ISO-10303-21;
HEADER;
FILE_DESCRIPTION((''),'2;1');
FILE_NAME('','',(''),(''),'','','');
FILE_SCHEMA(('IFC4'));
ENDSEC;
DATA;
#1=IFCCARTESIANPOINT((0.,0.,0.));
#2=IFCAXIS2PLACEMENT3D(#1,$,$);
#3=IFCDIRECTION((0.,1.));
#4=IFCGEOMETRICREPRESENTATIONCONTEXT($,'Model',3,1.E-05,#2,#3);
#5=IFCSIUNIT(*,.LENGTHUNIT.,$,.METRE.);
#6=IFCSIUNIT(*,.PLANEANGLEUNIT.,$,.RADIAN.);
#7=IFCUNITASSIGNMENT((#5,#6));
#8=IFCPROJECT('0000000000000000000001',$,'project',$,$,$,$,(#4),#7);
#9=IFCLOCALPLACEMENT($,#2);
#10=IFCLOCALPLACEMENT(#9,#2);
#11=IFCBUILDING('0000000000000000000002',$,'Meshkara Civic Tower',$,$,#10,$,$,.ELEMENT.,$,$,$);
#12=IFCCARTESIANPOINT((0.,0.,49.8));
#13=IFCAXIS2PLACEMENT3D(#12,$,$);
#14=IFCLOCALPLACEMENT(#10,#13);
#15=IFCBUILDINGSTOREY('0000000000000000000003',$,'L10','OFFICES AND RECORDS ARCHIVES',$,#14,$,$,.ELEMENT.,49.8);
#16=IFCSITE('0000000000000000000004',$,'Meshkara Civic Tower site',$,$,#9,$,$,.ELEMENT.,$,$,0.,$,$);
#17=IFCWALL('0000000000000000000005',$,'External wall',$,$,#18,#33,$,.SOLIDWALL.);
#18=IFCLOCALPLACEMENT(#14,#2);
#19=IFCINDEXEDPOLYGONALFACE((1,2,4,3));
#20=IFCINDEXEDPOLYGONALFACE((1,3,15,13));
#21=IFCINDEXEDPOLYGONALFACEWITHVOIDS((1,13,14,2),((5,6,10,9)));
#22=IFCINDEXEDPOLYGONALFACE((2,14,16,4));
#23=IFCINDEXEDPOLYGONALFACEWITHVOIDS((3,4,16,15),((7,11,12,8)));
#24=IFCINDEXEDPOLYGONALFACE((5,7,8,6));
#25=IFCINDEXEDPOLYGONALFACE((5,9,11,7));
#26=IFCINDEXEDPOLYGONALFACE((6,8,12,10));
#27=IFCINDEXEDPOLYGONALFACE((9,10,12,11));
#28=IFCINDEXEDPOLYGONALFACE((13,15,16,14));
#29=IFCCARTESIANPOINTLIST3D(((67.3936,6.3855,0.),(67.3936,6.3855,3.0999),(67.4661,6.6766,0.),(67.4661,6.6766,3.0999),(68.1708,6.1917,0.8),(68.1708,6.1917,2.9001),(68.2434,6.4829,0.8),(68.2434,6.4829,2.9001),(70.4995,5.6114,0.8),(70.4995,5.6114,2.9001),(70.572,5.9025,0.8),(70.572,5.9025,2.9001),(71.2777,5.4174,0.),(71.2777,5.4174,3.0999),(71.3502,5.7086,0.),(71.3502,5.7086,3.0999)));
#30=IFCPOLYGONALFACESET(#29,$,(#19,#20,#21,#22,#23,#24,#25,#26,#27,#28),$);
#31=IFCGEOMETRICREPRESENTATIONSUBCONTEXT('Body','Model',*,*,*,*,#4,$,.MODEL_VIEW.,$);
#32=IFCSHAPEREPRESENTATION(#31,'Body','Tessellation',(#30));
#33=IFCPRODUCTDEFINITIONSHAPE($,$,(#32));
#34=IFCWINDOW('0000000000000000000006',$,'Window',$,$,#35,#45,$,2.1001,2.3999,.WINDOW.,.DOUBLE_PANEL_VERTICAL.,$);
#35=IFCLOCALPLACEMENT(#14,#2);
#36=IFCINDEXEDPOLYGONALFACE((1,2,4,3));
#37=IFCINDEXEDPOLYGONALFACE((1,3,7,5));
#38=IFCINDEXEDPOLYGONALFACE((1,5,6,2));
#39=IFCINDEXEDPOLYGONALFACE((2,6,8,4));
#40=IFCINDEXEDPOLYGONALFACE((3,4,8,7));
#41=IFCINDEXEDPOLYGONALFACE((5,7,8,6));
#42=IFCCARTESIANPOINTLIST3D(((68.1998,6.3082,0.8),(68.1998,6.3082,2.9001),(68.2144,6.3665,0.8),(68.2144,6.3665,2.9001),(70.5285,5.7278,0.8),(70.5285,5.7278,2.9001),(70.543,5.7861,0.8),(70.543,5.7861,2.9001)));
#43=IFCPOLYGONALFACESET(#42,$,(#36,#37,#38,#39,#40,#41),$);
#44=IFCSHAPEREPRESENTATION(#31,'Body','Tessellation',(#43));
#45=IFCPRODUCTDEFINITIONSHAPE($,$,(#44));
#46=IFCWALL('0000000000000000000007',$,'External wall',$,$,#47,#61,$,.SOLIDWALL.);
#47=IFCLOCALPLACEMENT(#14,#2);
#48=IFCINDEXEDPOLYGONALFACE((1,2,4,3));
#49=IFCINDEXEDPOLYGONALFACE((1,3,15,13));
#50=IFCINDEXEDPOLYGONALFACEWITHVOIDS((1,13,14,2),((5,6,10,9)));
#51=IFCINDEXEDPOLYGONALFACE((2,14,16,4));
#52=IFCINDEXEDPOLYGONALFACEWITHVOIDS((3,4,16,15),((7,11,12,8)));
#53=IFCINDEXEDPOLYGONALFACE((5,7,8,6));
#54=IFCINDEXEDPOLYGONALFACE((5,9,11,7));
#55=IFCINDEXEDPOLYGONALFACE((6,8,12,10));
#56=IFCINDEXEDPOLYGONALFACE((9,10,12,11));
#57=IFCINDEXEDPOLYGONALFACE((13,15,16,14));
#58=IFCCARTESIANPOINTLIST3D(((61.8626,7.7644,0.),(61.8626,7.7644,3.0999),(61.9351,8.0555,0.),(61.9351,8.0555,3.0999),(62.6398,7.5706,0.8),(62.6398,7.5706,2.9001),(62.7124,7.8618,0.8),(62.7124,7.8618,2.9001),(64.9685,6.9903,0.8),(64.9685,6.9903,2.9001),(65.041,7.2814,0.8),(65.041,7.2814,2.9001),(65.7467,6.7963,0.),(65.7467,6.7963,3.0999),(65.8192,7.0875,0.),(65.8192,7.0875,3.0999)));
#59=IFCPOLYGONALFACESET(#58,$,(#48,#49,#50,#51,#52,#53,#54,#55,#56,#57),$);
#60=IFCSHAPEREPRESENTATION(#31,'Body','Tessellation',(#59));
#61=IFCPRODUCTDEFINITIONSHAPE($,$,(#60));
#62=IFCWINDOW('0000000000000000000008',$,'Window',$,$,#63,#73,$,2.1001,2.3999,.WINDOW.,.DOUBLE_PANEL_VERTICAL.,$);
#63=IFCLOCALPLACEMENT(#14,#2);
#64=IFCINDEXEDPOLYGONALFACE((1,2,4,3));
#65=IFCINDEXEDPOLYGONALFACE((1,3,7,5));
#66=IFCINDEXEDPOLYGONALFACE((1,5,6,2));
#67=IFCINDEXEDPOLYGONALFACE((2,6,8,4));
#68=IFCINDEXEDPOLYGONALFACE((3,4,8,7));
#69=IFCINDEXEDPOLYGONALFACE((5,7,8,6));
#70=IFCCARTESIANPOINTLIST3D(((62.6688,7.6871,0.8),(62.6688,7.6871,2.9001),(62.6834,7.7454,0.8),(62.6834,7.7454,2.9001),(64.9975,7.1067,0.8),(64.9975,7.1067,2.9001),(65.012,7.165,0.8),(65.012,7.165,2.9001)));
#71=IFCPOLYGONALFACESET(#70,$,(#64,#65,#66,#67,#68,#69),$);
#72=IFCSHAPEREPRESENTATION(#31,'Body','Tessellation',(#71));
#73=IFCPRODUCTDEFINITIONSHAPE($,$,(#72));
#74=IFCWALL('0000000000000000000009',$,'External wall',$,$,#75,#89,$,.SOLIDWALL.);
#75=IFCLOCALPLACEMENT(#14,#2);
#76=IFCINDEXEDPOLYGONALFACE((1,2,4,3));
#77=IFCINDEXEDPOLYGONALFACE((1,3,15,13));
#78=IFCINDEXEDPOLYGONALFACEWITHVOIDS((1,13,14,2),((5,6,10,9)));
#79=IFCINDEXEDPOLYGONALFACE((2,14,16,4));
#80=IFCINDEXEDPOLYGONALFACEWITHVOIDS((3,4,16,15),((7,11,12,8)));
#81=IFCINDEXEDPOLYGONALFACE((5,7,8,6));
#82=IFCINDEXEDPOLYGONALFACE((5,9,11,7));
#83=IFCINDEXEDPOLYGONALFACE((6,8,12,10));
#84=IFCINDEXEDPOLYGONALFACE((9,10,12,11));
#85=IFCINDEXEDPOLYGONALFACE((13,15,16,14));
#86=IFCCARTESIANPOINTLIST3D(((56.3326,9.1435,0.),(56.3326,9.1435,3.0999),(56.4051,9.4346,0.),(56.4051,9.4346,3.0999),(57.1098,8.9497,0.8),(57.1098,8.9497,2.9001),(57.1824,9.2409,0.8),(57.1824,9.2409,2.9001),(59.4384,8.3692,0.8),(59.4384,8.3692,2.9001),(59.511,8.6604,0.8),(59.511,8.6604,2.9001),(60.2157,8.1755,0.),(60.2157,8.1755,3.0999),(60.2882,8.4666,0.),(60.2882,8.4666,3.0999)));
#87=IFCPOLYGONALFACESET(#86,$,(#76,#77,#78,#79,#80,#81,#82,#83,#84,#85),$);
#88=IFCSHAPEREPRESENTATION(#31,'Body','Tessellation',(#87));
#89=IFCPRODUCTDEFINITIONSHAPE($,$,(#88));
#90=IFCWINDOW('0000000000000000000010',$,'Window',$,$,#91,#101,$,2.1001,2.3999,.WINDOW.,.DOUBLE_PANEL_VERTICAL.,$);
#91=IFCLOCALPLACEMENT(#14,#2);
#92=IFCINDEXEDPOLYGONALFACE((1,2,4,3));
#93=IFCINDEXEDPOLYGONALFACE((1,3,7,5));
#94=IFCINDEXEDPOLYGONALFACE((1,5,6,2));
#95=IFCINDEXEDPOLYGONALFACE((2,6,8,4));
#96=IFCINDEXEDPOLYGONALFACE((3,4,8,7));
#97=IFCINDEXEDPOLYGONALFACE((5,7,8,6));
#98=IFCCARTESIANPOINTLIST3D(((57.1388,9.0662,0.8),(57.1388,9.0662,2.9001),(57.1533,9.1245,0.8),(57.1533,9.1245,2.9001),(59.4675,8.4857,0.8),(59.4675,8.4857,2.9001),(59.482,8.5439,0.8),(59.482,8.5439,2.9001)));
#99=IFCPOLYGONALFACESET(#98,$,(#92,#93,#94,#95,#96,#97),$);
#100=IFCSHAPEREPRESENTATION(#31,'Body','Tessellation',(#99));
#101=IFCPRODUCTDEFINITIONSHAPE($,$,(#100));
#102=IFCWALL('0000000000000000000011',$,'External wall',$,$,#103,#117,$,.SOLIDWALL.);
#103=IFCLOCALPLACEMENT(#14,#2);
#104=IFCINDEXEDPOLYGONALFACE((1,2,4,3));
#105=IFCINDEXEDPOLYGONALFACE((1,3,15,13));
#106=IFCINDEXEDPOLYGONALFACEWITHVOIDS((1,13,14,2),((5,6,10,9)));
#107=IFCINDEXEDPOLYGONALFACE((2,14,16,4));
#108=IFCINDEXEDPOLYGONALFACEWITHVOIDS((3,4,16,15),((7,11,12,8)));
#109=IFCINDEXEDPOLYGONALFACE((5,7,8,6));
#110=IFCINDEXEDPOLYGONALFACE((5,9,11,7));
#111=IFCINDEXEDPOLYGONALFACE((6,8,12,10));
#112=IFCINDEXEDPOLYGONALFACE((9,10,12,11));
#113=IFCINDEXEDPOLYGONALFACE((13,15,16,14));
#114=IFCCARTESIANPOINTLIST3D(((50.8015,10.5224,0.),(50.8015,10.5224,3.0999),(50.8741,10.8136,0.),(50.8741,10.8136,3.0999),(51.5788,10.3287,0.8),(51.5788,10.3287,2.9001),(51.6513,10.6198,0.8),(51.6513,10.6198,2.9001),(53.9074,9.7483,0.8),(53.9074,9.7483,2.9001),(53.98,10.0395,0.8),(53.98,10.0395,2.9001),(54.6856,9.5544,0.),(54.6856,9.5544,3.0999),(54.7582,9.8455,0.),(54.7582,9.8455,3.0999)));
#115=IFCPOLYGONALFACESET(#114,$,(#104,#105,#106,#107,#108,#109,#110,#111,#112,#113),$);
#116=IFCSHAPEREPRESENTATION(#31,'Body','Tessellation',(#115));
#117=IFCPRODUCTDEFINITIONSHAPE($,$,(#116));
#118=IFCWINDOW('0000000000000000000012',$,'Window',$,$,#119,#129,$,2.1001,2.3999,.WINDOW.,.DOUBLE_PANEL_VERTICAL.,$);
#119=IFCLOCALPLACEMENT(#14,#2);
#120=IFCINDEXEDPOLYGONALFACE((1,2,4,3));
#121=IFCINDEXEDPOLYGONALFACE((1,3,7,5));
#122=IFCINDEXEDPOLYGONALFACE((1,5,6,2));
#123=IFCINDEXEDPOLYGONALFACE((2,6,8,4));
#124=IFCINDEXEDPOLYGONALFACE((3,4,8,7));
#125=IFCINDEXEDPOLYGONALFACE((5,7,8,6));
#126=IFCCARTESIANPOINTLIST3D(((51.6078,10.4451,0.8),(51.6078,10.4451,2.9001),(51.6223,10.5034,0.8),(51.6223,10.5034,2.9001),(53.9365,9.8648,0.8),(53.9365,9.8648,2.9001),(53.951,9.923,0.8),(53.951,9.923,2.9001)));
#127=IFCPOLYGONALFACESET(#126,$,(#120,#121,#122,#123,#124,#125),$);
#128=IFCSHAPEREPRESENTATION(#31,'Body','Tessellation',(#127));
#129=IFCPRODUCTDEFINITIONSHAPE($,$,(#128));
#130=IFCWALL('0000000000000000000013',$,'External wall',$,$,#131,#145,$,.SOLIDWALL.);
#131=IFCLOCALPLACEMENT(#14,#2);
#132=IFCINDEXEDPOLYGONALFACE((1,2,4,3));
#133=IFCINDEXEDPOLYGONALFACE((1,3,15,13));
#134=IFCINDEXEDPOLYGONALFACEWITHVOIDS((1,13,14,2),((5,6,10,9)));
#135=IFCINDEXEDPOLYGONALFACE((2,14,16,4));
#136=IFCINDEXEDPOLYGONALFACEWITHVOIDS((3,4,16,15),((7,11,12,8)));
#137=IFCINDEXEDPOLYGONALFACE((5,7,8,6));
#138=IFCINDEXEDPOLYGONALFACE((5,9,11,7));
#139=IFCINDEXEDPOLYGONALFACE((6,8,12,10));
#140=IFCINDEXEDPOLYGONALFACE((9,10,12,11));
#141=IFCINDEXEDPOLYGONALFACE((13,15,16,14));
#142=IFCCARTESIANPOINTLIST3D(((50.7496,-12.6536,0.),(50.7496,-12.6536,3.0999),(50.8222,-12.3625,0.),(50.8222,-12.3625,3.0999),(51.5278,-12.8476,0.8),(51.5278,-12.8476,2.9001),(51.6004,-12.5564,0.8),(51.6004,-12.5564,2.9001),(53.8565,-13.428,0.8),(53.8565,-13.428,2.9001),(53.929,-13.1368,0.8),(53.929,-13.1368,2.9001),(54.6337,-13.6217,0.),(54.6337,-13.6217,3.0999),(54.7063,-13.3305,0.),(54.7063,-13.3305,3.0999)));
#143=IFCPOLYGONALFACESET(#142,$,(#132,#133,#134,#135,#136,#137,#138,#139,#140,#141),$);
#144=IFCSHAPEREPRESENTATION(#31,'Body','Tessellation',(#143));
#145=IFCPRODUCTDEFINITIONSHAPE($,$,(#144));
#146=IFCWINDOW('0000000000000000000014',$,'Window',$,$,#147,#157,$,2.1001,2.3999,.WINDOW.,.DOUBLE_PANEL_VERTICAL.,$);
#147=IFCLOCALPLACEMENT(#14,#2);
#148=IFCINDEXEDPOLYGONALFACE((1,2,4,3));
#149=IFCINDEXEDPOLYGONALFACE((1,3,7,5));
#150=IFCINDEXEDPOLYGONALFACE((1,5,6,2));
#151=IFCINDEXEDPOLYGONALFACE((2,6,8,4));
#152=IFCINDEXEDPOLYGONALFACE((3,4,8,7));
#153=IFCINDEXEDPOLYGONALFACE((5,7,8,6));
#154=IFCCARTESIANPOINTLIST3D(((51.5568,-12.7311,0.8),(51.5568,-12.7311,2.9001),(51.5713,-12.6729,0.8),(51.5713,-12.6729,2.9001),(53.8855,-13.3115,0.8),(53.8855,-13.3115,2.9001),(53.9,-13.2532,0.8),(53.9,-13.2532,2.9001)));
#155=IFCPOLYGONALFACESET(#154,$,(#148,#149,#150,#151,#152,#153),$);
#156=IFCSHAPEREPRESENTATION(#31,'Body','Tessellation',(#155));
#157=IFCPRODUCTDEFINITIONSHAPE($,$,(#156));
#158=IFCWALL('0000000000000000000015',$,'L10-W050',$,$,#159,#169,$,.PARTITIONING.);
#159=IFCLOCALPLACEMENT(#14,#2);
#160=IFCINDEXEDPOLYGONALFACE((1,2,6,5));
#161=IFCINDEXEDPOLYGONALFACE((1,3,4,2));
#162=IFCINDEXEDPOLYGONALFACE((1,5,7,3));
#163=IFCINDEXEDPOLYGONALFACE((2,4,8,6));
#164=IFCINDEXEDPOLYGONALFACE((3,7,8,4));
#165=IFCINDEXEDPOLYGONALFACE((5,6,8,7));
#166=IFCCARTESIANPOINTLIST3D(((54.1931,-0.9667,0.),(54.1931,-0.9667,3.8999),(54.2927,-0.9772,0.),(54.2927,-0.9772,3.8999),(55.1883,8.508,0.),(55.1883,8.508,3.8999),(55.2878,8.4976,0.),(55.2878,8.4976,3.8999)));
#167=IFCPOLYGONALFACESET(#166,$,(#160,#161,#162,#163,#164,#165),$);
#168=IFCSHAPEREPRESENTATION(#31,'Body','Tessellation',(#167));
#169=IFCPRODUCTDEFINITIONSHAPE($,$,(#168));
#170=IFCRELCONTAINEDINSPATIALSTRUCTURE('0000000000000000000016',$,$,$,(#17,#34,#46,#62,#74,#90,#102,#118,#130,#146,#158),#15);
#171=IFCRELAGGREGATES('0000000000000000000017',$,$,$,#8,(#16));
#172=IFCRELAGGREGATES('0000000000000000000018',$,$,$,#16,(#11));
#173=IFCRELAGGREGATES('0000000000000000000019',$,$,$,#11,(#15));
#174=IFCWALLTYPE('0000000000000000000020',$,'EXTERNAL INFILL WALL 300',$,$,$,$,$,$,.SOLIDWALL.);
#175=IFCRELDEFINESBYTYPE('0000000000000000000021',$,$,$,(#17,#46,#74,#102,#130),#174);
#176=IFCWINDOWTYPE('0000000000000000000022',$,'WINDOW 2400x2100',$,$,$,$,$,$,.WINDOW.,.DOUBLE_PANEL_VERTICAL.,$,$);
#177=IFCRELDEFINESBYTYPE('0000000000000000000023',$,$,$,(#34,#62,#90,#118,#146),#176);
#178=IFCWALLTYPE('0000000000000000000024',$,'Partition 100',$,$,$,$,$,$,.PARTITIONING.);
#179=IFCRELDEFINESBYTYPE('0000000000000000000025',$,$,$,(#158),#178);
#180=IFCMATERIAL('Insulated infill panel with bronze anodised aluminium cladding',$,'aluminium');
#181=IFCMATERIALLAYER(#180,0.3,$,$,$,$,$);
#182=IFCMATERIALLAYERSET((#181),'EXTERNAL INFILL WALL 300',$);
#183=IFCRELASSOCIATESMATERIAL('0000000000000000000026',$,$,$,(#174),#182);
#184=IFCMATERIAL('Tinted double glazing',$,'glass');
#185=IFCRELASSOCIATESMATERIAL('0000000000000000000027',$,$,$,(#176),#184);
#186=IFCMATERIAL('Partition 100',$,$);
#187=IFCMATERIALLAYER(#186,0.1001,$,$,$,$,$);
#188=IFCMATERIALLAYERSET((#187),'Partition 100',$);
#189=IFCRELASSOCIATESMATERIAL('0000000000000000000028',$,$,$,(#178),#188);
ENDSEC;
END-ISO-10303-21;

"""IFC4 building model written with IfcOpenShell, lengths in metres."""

from ifc_helpers import new_model, si_unit, direction, frame, frame_2d, origin, place, context, subcontext, project, spatial, rectangle, extrude, material, layer, layer_set, type_object, element, fill, save


model = new_model("IFC4")

# Units and contexts
model_context = context("Model", 3, precision=1e-05, world=origin(), true_north=direction((0.0, 1.0)))
body_context = subcontext(model_context, "Body", "Model", "MODEL_VIEW")
ifc_project = project(units=[si_unit("LENGTHUNIT", "METRE"), si_unit("PLANEANGLEUNIT", "RADIAN")], contexts=[model_context])

# Site, building, storey
site_placement = place(None, origin())
site = spatial("IfcSite", under=ifc_project, at=site_placement, Name="Meshkara Civic Tower site", CompositionType="ELEMENT", RefElevation=0.0)
building_placement = place(site_placement, origin())
building = spatial("IfcBuilding", under=site, at=building_placement, Name="Meshkara Civic Tower", CompositionType="ELEMENT")
storey_placement = place(building_placement, frame((0.0, 0.0, 49.8)))
storey = spatial("IfcBuildingStorey", under=building, at=storey_placement, Name="L10", Description="OFFICES AND RECORDS ARCHIVES", CompositionType="ELEMENT", Elevation=49.8)

# Walls, openings, windows
ifc_material_1 = material(Name="Insulated infill panel with bronze anodised aluminium cladding", Category="aluminium")
ifc_layer_1 = layer(ifc_material_1, 0.3)
ifc_layer_set_1 = layer_set([ifc_layer_1], Name="EXTERNAL INFILL WALL 300")
wall_type_1 = type_object("IfcWallType", Name="EXTERNAL INFILL WALL 300", PredefinedType="SOLIDWALL", material=ifc_layer_set_1)
wall_1_placement = place(storey_placement, frame((71.314, 5.563, 0.0), z_axis=(0.0, 0.0, 1.0), x_axis=(-0.970318, 0.241832, 0.0)))
wall_1 = element("IfcWall", 1, at=wall_1_placement, inside=storey, type_object=wall_type_1, Name="External wall", PredefinedType="SOLIDWALL", context=body_context, shape_type="SweptSolid", body=[
    extrude(rectangle(XDim=4.0029, YDim=0.3, at=frame_2d((2.0015, 0.0))), origin(), (0.0, 0.0, 1.0), 3.0999),
])
opening_1_placement = place(wall_1_placement, frame((0.802, 0.0, 0.8)))
opening_1 = element("IfcOpeningElement", 2, at=opening_1_placement, cuts=wall_1, PredefinedType="OPENING", context=body_context, shape_type="SweptSolid", body=[
    extrude(rectangle(XDim=2.3999, YDim=2.1001, at=frame_2d((1.2, 1.05))), frame((0.0, 0.1599, 0.0), z_axis=(0.0, -1.0, 0.0), x_axis=(1.0, 0.0, 0.0)), (0.0, 0.0, 1.0), 0.3201),
])
ifc_material_2 = material(Name="Tinted double glazing", Category="glass")
window_type = type_object("IfcWindowType", Name="WINDOW 2400x2100", PartitioningType="DOUBLE_PANEL_VERTICAL", PredefinedType="WINDOW", material=ifc_material_2)
window_1_placement = place(opening_1_placement, origin())
window_1 = element("IfcWindow", 3, at=window_1_placement, inside=storey, type_object=window_type, Name="Window", OverallHeight=2.1001, OverallWidth=2.3999, PartitioningType="DOUBLE_PANEL_VERTICAL", PredefinedType="WINDOW", context=body_context, shape_type="SweptSolid", body=[
    extrude(rectangle(XDim=2.3999, YDim=2.1001, at=frame_2d((1.2, 1.05))), frame((0.0, 0.03, 0.0), z_axis=(0.0, -1.0, 0.0), x_axis=(1.0, 0.0, 0.0)), (0.0, 0.0, 1.0), 0.0601),
])
fill(opening_1, window_1)
wall_2_placement = place(storey_placement, frame((65.783, 6.9419, 0.0), z_axis=(0.0, 0.0, 1.0), x_axis=(-0.970318, 0.241832, 0.0)))
wall_2 = element("IfcWall", 4, at=wall_2_placement, inside=storey, type_object=wall_type_1, Name="External wall", PredefinedType="SOLIDWALL", context=body_context, shape_type="SweptSolid", body=[
    extrude(rectangle(XDim=4.0029, YDim=0.3, at=frame_2d((2.0015, 0.0))), origin(), (0.0, 0.0, 1.0), 3.0999),
])
opening_2_placement = place(wall_2_placement, frame((0.802, 0.0, 0.8)))
opening_2 = element("IfcOpeningElement", 5, at=opening_2_placement, cuts=wall_2, PredefinedType="OPENING", context=body_context, shape_type="SweptSolid", body=[
    extrude(rectangle(XDim=2.3999, YDim=2.1001, at=frame_2d((1.2, 1.05))), frame((0.0, 0.1599, 0.0), z_axis=(0.0, -1.0, 0.0), x_axis=(1.0, 0.0, 0.0)), (0.0, 0.0, 1.0), 0.3201),
])
window_2_placement = place(opening_2_placement, origin())
window_2 = element("IfcWindow", 6, at=window_2_placement, inside=storey, type_object=window_type, Name="Window", OverallHeight=2.1001, OverallWidth=2.3999, PartitioningType="DOUBLE_PANEL_VERTICAL", PredefinedType="WINDOW", context=body_context, shape_type="SweptSolid", body=[
    extrude(rectangle(XDim=2.3999, YDim=2.1001, at=frame_2d((1.2, 1.05))), frame((0.0, 0.03, 0.0), z_axis=(0.0, -1.0, 0.0), x_axis=(1.0, 0.0, 0.0)), (0.0, 0.0, 1.0), 0.0601),
])
fill(opening_2, window_2)
wall_3_placement = place(storey_placement, frame((60.252, 8.321, 0.0), z_axis=(0.0, 0.0, 1.0), x_axis=(-0.970304, 0.24189, 0.0)))
wall_3 = element("IfcWall", 7, at=wall_3_placement, inside=storey, type_object=wall_type_1, Name="External wall", PredefinedType="SOLIDWALL", context=body_context, shape_type="SweptSolid", body=[
    extrude(rectangle(XDim=4.002, YDim=0.3, at=frame_2d((2.001, 0.0))), origin(), (0.0, 0.0, 1.0), 3.0999),
])
opening_3_placement = place(wall_3_placement, frame((0.801, 0.0, 0.8)))
opening_3 = element("IfcOpeningElement", 8, at=opening_3_placement, cuts=wall_3, PredefinedType="OPENING", context=body_context, shape_type="SweptSolid", body=[
    extrude(rectangle(XDim=2.3999, YDim=2.1001, at=frame_2d((1.2, 1.05))), frame((0.0, 0.1599, 0.0), z_axis=(0.0, -1.0, 0.0), x_axis=(1.0, 0.0, 0.0)), (0.0, 0.0, 1.0), 0.3201),
])
window_3_placement = place(opening_3_placement, origin())
window_3 = element("IfcWindow", 9, at=window_3_placement, inside=storey, type_object=window_type, Name="Window", OverallHeight=2.1001, OverallWidth=2.3999, PartitioningType="DOUBLE_PANEL_VERTICAL", PredefinedType="WINDOW", context=body_context, shape_type="SweptSolid", body=[
    extrude(rectangle(XDim=2.3999, YDim=2.1001, at=frame_2d((1.2, 1.05))), frame((0.0, 0.03, 0.0), z_axis=(0.0, -1.0, 0.0), x_axis=(1.0, 0.0, 0.0)), (0.0, 0.0, 1.0), 0.0601),
])
fill(opening_3, window_3)
wall_4_placement = place(storey_placement, frame((54.7219, 9.7, 0.0), z_axis=(0.0, 0.0, 1.0), x_axis=(-0.970318, 0.241832, 0.0)))
wall_4 = element("IfcWall", 10, at=wall_4_placement, inside=storey, type_object=wall_type_1, Name="External wall", PredefinedType="SOLIDWALL", context=body_context, shape_type="SweptSolid", body=[
    extrude(rectangle(XDim=4.0029, YDim=0.3, at=frame_2d((2.0015, 0.0))), origin(), (0.0, 0.0, 1.0), 3.0999),
])
opening_4_placement = place(wall_4_placement, frame((0.802, 0.0, 0.8)))
opening_4 = element("IfcOpeningElement", 11, at=opening_4_placement, cuts=wall_4, PredefinedType="OPENING", context=body_context, shape_type="SweptSolid", body=[
    extrude(rectangle(XDim=2.3999, YDim=2.1001, at=frame_2d((1.2, 1.05))), frame((0.0, 0.1599, 0.0), z_axis=(0.0, -1.0, 0.0), x_axis=(1.0, 0.0, 0.0)), (0.0, 0.0, 1.0), 0.3201),
])
window_4_placement = place(opening_4_placement, origin())
window_4 = element("IfcWindow", 12, at=window_4_placement, inside=storey, type_object=window_type, Name="Window", OverallHeight=2.1001, OverallWidth=2.3999, PartitioningType="DOUBLE_PANEL_VERTICAL", PredefinedType="WINDOW", context=body_context, shape_type="SweptSolid", body=[
    extrude(rectangle(XDim=2.3999, YDim=2.1001, at=frame_2d((1.2, 1.05))), frame((0.0, 0.03, 0.0), z_axis=(0.0, -1.0, 0.0), x_axis=(1.0, 0.0, 0.0)), (0.0, 0.0, 1.0), 0.0601),
])
fill(opening_4, window_4)
wall_5_placement = place(storey_placement, frame((50.7859, -12.5081, 0.0), z_axis=(0.0, 0.0, 1.0), x_axis=(0.970318, -0.241832, 0.0)))
wall_5 = element("IfcWall", 13, at=wall_5_placement, inside=storey, type_object=wall_type_1, Name="External wall", PredefinedType="SOLIDWALL", context=body_context, shape_type="SweptSolid", body=[
    extrude(rectangle(XDim=4.0029, YDim=0.3, at=frame_2d((2.0015, 0.0))), origin(), (0.0, 0.0, 1.0), 3.0999),
])
opening_5_placement = place(wall_5_placement, frame((0.802, 0.0, 0.8)))
opening_5 = element("IfcOpeningElement", 14, at=opening_5_placement, cuts=wall_5, PredefinedType="OPENING", context=body_context, shape_type="SweptSolid", body=[
    extrude(rectangle(XDim=2.3999, YDim=2.1001, at=frame_2d((1.2, 1.05))), frame((0.0, 0.1599, 0.0), z_axis=(0.0, -1.0, 0.0), x_axis=(1.0, 0.0, 0.0)), (0.0, 0.0, 1.0), 0.3201),
])
window_5_placement = place(opening_5_placement, origin())
window_5 = element("IfcWindow", 15, at=window_5_placement, inside=storey, type_object=window_type, Name="Window", OverallHeight=2.1001, OverallWidth=2.3999, PartitioningType="DOUBLE_PANEL_VERTICAL", PredefinedType="WINDOW", context=body_context, shape_type="SweptSolid", body=[
    extrude(rectangle(XDim=2.3999, YDim=2.1001, at=frame_2d((1.2, 1.05))), frame((0.0, 0.03, 0.0), z_axis=(0.0, -1.0, 0.0), x_axis=(1.0, 0.0, 0.0)), (0.0, 0.0, 1.0), 0.0601),
])
fill(opening_5, window_5)

# Wall
ifc_material_3 = material(Name="Partition 100")
ifc_layer_2 = layer(ifc_material_3, 0.1001)
ifc_layer_set_2 = layer_set([ifc_layer_2], Name="Partition 100")
wall_type_2 = type_object("IfcWallType", Name="Partition 100", PredefinedType="PARTITIONING", material=ifc_layer_set_2)
for number, where, z_axis, x_axis, name in (
    (16, (54.2429, -0.9719, 0.0), (0.0, 0.0, 1.0), (0.104453, 0.99453, 0.0), "L10-W050"),
):
    element("IfcWall", number, at=place(storey_placement, frame(where, z_axis=z_axis, x_axis=x_axis)), inside=storey, type_object=wall_type_2, Name=name, PredefinedType="PARTITIONING", context=body_context, shape_type="SweptSolid", body=[
        extrude(rectangle(XDim=9.5269, YDim=0.1001, at=frame_2d((4.7634, 0.0))), origin(), (0.0, 0.0, 1.0), 3.8999),
    ])

save(model, "model.ifc")
